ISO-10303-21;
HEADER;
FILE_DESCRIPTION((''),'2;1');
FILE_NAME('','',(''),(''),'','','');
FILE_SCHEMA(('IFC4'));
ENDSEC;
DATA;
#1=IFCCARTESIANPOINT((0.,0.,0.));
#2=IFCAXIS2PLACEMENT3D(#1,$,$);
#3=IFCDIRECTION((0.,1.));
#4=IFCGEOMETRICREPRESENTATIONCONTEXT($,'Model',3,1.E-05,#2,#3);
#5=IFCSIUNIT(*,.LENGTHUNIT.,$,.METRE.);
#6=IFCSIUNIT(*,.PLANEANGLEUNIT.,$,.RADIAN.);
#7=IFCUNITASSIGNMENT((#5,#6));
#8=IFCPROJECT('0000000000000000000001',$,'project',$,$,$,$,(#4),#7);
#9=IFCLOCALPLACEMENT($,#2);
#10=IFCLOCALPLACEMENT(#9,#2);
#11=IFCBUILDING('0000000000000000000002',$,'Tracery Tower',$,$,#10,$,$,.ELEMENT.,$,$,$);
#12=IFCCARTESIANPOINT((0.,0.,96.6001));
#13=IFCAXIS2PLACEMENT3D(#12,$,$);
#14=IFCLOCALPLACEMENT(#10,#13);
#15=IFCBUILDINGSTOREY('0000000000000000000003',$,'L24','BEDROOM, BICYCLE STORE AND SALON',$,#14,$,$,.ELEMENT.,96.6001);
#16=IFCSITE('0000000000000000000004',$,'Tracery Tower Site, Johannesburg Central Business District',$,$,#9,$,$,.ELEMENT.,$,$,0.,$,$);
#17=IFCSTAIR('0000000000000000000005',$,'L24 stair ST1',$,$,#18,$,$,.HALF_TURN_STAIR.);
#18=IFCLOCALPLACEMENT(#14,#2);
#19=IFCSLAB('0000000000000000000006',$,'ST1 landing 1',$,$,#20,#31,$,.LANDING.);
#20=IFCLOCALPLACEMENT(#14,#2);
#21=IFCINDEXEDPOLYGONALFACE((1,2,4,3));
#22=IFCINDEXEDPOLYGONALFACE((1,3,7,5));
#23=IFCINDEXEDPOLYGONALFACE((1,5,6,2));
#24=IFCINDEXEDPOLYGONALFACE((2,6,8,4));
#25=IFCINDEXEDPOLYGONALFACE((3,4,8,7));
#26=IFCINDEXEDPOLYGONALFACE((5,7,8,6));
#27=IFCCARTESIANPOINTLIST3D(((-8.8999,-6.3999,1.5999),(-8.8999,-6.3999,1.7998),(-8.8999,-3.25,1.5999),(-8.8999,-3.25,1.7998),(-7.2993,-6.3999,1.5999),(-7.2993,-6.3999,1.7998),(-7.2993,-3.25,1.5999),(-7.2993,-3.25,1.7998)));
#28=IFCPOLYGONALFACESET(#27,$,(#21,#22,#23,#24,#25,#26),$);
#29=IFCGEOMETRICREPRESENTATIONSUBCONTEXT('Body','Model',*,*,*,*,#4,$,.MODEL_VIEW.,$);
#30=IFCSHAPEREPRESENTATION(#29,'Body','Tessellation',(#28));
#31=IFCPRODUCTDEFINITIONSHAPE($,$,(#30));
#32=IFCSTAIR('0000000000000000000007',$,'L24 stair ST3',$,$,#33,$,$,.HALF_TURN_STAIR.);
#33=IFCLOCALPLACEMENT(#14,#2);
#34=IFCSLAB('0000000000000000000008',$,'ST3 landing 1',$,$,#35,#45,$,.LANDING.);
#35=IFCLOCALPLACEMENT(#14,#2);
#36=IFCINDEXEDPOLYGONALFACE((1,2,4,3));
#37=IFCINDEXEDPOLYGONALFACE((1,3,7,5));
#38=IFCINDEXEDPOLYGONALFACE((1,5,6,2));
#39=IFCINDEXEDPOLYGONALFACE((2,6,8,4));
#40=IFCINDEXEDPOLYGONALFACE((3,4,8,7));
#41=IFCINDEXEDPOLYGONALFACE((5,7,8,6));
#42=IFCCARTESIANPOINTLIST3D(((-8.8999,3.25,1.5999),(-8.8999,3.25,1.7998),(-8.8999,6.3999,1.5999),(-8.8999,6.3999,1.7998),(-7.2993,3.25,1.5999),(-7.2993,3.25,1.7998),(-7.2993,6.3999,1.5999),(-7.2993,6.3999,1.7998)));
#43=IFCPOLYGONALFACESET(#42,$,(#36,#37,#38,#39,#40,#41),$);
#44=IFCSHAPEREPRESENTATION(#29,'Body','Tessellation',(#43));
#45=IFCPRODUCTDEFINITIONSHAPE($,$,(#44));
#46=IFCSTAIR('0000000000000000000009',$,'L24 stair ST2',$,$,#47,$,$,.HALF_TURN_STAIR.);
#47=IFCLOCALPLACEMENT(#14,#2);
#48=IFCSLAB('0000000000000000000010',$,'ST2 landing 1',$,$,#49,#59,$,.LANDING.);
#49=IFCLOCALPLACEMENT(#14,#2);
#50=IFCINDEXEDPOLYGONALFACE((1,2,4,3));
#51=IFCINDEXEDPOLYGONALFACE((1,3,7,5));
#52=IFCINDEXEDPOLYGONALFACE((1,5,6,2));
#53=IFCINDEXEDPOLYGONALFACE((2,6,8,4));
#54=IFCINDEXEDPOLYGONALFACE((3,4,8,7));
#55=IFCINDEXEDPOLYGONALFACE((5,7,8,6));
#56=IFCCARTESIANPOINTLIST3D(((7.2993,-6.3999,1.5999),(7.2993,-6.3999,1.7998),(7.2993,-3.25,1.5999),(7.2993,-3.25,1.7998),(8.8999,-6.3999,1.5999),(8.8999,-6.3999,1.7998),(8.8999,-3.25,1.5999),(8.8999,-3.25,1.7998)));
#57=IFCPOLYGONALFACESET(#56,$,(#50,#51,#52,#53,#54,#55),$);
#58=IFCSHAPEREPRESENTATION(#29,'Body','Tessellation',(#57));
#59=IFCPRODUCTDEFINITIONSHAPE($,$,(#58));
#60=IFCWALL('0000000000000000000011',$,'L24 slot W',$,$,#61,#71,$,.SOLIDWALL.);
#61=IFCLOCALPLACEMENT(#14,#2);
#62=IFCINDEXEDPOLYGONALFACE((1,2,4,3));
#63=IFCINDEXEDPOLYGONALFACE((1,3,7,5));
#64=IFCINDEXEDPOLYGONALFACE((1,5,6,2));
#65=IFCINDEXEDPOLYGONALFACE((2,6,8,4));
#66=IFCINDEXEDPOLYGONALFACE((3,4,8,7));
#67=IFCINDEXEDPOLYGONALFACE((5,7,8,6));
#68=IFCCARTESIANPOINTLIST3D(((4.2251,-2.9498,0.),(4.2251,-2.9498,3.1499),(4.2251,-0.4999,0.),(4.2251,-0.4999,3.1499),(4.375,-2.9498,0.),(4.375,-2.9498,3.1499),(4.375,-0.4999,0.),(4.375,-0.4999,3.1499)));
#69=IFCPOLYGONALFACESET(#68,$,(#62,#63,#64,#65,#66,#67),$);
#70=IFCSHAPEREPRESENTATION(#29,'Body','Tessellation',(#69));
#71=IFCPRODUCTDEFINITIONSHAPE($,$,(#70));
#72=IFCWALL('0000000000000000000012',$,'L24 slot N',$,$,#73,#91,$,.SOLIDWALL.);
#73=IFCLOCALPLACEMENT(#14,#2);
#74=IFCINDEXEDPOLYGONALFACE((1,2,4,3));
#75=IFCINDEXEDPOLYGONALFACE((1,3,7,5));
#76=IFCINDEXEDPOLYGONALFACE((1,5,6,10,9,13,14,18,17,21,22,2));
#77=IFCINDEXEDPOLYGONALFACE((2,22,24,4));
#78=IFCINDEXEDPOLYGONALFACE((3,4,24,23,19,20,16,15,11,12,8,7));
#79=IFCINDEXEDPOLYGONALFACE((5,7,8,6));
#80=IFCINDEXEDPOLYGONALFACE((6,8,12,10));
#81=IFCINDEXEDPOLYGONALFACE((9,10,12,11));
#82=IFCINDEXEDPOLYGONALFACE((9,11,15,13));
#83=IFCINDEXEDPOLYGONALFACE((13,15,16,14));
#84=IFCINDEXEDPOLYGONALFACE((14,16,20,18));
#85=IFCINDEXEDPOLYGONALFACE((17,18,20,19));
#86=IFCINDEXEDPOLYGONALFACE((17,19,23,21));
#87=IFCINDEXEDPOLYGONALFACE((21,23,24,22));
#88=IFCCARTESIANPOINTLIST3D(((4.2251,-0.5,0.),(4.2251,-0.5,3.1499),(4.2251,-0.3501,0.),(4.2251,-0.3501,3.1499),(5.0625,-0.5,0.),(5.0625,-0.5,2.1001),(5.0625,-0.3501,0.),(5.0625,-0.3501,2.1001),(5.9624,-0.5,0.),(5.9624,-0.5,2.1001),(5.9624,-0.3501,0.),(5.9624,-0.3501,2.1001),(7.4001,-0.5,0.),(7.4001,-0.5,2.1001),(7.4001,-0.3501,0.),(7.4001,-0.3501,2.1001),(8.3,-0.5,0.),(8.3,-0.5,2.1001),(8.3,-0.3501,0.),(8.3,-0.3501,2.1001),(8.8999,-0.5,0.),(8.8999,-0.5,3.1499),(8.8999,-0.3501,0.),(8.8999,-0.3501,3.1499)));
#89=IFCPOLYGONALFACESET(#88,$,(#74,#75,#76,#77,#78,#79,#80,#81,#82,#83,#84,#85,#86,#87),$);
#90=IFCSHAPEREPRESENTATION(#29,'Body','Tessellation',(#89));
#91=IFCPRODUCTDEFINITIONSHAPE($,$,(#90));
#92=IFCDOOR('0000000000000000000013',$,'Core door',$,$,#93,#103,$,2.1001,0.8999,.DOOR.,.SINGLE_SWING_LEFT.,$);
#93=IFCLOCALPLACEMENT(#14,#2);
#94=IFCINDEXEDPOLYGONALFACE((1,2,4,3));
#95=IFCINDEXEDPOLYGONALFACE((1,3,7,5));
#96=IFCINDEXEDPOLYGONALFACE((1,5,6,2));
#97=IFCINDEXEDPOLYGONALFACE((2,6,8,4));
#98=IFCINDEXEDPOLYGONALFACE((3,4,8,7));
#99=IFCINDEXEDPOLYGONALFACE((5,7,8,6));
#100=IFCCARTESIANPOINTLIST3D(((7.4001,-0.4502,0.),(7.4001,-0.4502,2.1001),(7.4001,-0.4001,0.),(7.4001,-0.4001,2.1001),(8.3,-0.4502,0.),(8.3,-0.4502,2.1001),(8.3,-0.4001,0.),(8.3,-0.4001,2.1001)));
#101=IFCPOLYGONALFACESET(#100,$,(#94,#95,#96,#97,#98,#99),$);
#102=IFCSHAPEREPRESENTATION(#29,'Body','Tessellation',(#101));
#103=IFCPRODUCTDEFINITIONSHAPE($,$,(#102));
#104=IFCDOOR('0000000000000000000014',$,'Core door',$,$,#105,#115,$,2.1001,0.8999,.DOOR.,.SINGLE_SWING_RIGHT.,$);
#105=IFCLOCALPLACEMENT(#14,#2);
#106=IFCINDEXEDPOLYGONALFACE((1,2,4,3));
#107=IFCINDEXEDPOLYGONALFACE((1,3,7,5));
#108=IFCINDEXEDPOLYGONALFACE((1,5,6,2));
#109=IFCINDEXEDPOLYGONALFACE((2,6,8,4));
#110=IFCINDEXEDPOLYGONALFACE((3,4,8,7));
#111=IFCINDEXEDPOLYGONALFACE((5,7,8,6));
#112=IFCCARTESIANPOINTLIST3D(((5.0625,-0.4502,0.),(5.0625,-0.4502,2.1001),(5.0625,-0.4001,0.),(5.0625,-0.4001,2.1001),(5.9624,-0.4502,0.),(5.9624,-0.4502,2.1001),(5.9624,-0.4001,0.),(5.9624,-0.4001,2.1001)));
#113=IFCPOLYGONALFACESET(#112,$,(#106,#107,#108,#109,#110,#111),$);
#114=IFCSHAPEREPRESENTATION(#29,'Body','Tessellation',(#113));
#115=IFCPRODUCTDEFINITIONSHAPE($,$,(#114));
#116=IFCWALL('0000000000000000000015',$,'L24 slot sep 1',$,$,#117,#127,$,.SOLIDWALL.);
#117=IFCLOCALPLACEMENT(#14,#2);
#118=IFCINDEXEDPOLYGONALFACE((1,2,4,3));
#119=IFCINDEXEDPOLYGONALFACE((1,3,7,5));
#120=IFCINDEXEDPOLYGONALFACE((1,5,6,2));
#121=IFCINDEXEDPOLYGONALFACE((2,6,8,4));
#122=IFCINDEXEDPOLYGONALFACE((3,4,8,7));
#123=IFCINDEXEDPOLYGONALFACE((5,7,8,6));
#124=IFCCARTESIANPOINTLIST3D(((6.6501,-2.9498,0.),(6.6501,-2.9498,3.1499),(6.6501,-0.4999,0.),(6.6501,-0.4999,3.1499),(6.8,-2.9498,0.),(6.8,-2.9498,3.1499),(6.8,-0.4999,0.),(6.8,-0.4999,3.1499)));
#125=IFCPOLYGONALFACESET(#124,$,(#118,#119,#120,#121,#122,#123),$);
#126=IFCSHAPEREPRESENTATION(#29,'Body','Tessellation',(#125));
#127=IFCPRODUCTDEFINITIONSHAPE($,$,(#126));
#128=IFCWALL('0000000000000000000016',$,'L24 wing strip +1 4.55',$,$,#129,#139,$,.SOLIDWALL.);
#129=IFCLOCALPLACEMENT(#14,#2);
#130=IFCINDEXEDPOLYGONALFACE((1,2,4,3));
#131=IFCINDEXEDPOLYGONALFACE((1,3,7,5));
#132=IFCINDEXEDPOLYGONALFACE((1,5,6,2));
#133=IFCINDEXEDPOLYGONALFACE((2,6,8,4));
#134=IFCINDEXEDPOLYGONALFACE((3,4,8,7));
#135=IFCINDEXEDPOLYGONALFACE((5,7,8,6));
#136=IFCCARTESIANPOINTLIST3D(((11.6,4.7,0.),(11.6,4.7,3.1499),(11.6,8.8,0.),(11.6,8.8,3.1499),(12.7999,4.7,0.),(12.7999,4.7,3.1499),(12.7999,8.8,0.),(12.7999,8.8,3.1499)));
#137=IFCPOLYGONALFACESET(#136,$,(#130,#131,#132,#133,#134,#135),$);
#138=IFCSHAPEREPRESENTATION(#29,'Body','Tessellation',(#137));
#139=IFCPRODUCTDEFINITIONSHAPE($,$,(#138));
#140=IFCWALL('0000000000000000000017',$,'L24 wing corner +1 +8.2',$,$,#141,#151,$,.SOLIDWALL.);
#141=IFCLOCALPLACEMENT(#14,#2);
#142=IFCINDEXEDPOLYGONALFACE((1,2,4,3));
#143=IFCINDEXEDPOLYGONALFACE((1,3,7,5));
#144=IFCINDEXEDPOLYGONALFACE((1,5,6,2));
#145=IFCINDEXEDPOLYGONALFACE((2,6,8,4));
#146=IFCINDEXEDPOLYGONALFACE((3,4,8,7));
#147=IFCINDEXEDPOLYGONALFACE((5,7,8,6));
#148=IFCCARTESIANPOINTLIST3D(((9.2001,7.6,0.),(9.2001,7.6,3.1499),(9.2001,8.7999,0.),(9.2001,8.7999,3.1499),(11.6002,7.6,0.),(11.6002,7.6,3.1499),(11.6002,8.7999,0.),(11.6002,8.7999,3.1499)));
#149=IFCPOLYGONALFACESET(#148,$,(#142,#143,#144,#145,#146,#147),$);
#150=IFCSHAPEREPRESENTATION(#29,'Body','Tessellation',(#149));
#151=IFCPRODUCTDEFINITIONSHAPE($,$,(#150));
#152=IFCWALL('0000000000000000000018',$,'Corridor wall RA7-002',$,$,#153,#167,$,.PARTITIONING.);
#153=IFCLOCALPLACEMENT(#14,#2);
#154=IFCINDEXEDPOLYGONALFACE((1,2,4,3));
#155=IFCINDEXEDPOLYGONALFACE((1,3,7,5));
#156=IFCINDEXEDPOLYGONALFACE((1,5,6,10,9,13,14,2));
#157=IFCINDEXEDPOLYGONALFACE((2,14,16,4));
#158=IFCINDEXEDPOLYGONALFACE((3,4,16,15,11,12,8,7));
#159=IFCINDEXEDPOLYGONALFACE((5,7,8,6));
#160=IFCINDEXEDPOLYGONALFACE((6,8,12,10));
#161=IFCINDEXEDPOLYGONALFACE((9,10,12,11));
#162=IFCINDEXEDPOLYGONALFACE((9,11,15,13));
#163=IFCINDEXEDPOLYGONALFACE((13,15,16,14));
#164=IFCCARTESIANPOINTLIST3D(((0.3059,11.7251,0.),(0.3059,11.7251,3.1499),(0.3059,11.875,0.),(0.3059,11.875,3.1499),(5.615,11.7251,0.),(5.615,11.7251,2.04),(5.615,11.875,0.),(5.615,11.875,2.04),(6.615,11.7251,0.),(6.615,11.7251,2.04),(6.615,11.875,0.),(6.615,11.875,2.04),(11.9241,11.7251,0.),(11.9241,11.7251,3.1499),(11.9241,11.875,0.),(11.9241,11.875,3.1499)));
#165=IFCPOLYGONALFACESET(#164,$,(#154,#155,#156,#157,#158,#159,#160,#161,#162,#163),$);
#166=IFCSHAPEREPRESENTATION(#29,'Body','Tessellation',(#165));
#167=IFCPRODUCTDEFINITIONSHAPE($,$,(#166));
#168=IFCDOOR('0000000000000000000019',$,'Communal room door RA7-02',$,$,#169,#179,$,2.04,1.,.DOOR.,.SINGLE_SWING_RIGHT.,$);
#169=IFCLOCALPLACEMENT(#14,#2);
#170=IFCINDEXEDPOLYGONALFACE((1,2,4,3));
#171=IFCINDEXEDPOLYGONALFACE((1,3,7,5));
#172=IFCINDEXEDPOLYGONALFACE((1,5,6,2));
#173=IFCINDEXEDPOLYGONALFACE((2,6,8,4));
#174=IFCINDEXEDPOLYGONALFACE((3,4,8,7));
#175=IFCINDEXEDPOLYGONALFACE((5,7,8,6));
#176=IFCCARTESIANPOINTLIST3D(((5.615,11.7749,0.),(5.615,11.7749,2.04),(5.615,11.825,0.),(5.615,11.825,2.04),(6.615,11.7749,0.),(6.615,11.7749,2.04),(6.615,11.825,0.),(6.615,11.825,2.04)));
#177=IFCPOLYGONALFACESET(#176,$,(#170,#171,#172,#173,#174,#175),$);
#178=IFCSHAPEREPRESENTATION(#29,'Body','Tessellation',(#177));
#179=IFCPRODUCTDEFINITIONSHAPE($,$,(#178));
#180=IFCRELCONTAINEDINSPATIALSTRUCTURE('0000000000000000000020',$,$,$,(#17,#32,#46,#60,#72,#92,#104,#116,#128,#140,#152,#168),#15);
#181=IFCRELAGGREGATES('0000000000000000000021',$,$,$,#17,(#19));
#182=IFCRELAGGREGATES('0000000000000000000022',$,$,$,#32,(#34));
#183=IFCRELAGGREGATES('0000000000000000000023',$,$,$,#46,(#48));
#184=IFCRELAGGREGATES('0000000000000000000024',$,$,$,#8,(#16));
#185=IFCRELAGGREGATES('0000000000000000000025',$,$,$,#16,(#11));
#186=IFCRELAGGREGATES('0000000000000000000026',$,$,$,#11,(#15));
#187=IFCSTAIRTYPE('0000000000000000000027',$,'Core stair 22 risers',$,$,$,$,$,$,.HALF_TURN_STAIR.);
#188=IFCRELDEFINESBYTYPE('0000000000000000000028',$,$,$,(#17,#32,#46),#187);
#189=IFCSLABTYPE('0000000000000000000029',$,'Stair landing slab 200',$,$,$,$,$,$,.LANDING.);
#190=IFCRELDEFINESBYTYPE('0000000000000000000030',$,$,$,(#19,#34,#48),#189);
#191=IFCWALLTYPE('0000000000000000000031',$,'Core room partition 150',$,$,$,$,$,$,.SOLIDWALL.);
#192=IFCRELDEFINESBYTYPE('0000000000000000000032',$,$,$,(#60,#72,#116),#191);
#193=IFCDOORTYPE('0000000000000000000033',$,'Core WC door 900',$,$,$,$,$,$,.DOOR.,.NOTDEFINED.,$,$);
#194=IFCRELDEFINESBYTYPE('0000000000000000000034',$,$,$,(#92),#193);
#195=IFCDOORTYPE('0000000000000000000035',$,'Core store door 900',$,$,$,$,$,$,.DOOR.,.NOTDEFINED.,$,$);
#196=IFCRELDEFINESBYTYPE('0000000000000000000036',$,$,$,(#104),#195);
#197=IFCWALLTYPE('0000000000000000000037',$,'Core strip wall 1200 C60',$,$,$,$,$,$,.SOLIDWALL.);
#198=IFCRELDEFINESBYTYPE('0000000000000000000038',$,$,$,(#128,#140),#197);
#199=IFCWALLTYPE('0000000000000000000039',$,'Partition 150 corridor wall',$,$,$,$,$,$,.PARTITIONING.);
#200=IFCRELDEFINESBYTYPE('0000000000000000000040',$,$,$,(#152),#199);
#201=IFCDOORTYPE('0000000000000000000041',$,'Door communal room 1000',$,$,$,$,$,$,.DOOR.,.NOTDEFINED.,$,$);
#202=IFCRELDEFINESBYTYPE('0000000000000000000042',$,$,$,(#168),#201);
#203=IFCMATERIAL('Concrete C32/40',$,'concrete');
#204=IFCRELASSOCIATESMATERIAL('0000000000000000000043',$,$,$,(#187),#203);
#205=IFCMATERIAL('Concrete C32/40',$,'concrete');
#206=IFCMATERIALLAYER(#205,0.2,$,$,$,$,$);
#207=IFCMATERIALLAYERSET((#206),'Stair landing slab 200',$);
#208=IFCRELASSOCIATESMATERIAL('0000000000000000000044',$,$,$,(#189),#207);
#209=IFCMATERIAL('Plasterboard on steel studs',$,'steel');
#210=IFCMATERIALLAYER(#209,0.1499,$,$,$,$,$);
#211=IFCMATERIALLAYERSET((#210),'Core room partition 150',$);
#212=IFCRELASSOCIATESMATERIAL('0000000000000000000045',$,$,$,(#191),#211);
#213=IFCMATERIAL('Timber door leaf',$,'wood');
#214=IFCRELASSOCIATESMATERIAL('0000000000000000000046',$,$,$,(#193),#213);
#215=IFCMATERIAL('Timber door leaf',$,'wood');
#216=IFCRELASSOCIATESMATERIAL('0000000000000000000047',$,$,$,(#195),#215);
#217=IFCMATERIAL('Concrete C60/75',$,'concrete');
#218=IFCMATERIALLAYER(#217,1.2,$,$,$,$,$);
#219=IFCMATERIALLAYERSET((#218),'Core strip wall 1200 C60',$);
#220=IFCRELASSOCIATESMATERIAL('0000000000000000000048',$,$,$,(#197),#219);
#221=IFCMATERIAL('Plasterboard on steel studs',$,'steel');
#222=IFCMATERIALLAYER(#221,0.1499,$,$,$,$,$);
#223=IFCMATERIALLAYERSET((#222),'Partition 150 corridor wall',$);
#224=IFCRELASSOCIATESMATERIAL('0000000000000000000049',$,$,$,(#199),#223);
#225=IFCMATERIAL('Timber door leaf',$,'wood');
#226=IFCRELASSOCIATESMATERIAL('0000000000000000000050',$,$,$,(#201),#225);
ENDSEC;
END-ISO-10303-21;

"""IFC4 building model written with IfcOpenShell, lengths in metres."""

from ifc_helpers import new_model, si_unit, direction, frame, frame_2d, origin, place, context, subcontext, project, spatial, polyline, rectangle, outline, extrude, material, layer, layer_set, type_object, element, fill, aggregate, save


model = new_model("IFC4")

# Units and contexts
model_context = context("Model", 3, precision=1e-05, world=origin(), true_north=direction((0.0, 1.0)))
body_context = subcontext(model_context, "Body", "Model", "MODEL_VIEW")
ifc_project = project(units=[si_unit("LENGTHUNIT", "METRE"), si_unit("PLANEANGLEUNIT", "RADIAN")], contexts=[model_context])

# Site, building, storey
site_placement = place(None, origin())
site = spatial("IfcSite", under=ifc_project, at=site_placement, Name="Tracery Tower Site, Johannesburg Central Business District", CompositionType="ELEMENT", RefElevation=0.0)
building_placement = place(site_placement, origin())
building = spatial("IfcBuilding", under=site, at=building_placement, Name="Tracery Tower", CompositionType="ELEMENT")
storey_placement = place(building_placement, frame((0.0, 0.0, 96.6001)))
storey = spatial("IfcBuildingStorey", under=building, at=storey_placement, Name="L24", Description="BEDROOM, BICYCLE STORE AND SALON", CompositionType="ELEMENT", Elevation=96.6001)

# Stairs, slabs
ifc_material_1 = material(Name="Concrete C32/40", Category="concrete")
stair_type = type_object("IfcStairType", Name="Core stair 22 risers", PredefinedType="HALF_TURN_STAIR", material=ifc_material_1)
stair_1_placement = place(storey_placement, origin())
stair_1 = element("IfcStair", 1, at=stair_1_placement, inside=storey, type_object=stair_type, Name="L24 stair ST1", PredefinedType="HALF_TURN_STAIR")
ifc_material_2 = material(Name="Concrete C32/40", Category="concrete")
ifc_layer_1 = layer(ifc_material_2, 0.2)
ifc_layer_set_1 = layer_set([ifc_layer_1], Name="Stair landing slab 200")
slab_type_1 = type_object("IfcSlabType", Name="Stair landing slab 200", PredefinedType="LANDING", material=ifc_layer_set_1)
slab_1_placement = place(storey_placement, frame((0.0, 0.0, 1.5999)))
slab_1 = element("IfcSlab", 2, at=slab_1_placement, type_object=slab_type_1, Name="ST1 landing 1", PredefinedType="LANDING", context=body_context, shape_type="SweptSolid", body=[
    extrude(outline(polyline([(-7.2993, -3.25), (-8.8999, -3.25), (-8.8999, -6.3999), (-7.2993, -6.3999), (-7.2993, -3.25)])), origin(), (0.0, 0.0, 1.0), 0.2),
])
aggregate(stair_1, [slab_1])
stair_2_placement = place(storey_placement, origin())
stair_2 = element("IfcStair", 3, at=stair_2_placement, inside=storey, type_object=stair_type, Name="L24 stair ST3", PredefinedType="HALF_TURN_STAIR")
slab_2_placement = place(storey_placement, frame((0.0, 0.0, 1.5999)))
slab_2 = element("IfcSlab", 4, at=slab_2_placement, type_object=slab_type_1, Name="ST3 landing 1", PredefinedType="LANDING", context=body_context, shape_type="SweptSolid", body=[
    extrude(outline(polyline([(-7.2993, 6.3999), (-8.8999, 6.3999), (-8.8999, 3.25), (-7.2993, 3.25), (-7.2993, 6.3999)])), origin(), (0.0, 0.0, 1.0), 0.2),
])
aggregate(stair_2, [slab_2])
stair_3_placement = place(storey_placement, origin())
stair_3 = element("IfcStair", 5, at=stair_3_placement, inside=storey, type_object=stair_type, Name="L24 stair ST2", PredefinedType="HALF_TURN_STAIR")
slab_3_placement = place(storey_placement, frame((0.0, 0.0, 1.5999)))
slab_3 = element("IfcSlab", 6, at=slab_3_placement, type_object=slab_type_1, Name="ST2 landing 1", PredefinedType="LANDING", context=body_context, shape_type="SweptSolid", body=[
    extrude(outline(polyline([(7.2993, -6.3999), (8.8999, -6.3999), (8.8999, -3.25), (7.2993, -3.25), (7.2993, -6.3999)])), origin(), (0.0, 0.0, 1.0), 0.2),
])
aggregate(stair_3, [slab_3])

# Wall
ifc_material_3 = material(Name="Plasterboard on steel studs", Category="steel")
ifc_layer_2 = layer(ifc_material_3, 0.1499)
ifc_layer_set_2 = layer_set([ifc_layer_2], Name="Core room partition 150")
wall_type_1 = type_object("IfcWallType", Name="Core room partition 150", PredefinedType="SOLIDWALL", material=ifc_layer_set_2)
wall_1_placement = place(storey_placement, frame((4.3, -2.95, 0.0), z_axis=(0.0, 0.0, 1.0), x_axis=(0.0, 1.0, 0.0)))
element("IfcWall", 7, at=wall_1_placement, inside=storey, type_object=wall_type_1, Name="L24 slot W", PredefinedType="SOLIDWALL", context=body_context, shape_type="SweptSolid", body=[
    extrude(rectangle(XDim=2.45, YDim=0.1499, at=frame_2d((1.2251, 0.0))), origin(), (0.0, 0.0, 1.0), 3.1499),
])

# Wall, openings, doors
wall_2_placement = place(storey_placement, frame((4.2251, -0.425, 0.0), z_axis=(0.0, 0.0, 1.0), x_axis=(1.0, 0.0, 0.0)))
wall_2 = element("IfcWall", 8, at=wall_2_placement, inside=storey, type_object=wall_type_1, Name="L24 slot N", PredefinedType="SOLIDWALL", context=body_context, shape_type="SweptSolid", body=[
    extrude(rectangle(XDim=4.6748, YDim=0.1499, at=frame_2d((2.3374, 0.0))), origin(), (0.0, 0.0, 1.0), 3.1499),
])
opening_1_placement = place(wall_2_placement, frame((0.8374, 0.0, 0.0)))
opening_1 = element("IfcOpeningElement", 9, at=opening_1_placement, cuts=wall_2, PredefinedType="OPENING", context=body_context, shape_type="SweptSolid", body=[
    extrude(rectangle(XDim=0.8999, YDim=2.1001, at=frame_2d((0.45, 1.05))), frame((0.0, 0.075, 0.0), z_axis=(0.0, -1.0, 0.0), x_axis=(1.0, 0.0, 0.0)), (0.0, 0.0, 1.0), 0.1499),
])
opening_2_placement = place(wall_2_placement, frame((3.175, 0.0, 0.0)))
opening_2 = element("IfcOpeningElement", 10, at=opening_2_placement, cuts=wall_2, PredefinedType="OPENING", context=body_context, shape_type="SweptSolid", body=[
    extrude(rectangle(XDim=0.8999, YDim=2.1001, at=frame_2d((0.45, 1.05))), frame((0.0, 0.075, 0.0), z_axis=(0.0, -1.0, 0.0), x_axis=(1.0, 0.0, 0.0)), (0.0, 0.0, 1.0), 0.1499),
])
ifc_material_4 = material(Name="Timber door leaf", Category="wood")
door_type_1 = type_object("IfcDoorType", Name="Core WC door 900", OperationType="NOTDEFINED", PredefinedType="DOOR", material=ifc_material_4)
door_1_placement = place(opening_2_placement, origin())
door_1 = element("IfcDoor", 11, at=door_1_placement, inside=storey, type_object=door_type_1, Name="Core door", OperationType="SINGLE_SWING_LEFT", OverallHeight=2.1001, OverallWidth=0.8999, PredefinedType="DOOR", context=body_context, shape_type="SweptSolid", body=[
    extrude(rectangle(XDim=0.8999, YDim=2.1001, at=frame_2d((0.45, 1.05))), frame((0.0, 0.0249, 0.0), z_axis=(0.0, -1.0, 0.0), x_axis=(1.0, 0.0, 0.0)), (0.0, 0.0, 1.0), 0.05),
])
fill(opening_2, door_1)
ifc_material_5 = material(Name="Timber door leaf", Category="wood")
door_type_2 = type_object("IfcDoorType", Name="Core store door 900", OperationType="NOTDEFINED", PredefinedType="DOOR", material=ifc_material_5)
door_2_placement = place(opening_1_placement, origin())
door_2 = element("IfcDoor", 12, at=door_2_placement, inside=storey, type_object=door_type_2, Name="Core door", OperationType="SINGLE_SWING_RIGHT", OverallHeight=2.1001, OverallWidth=0.8999, PredefinedType="DOOR", context=body_context, shape_type="SweptSolid", body=[
    extrude(rectangle(XDim=0.8999, YDim=2.1001, at=frame_2d((0.45, 1.05))), frame((0.0, 0.0249, 0.0), z_axis=(0.0, -1.0, 0.0), x_axis=(1.0, 0.0, 0.0)), (0.0, 0.0, 1.0), 0.05),
])
fill(opening_1, door_2)

# Walls
wall_3_placement = place(storey_placement, frame((6.7251, -2.95, 0.0), z_axis=(0.0, 0.0, 1.0), x_axis=(0.0, 1.0, 0.0)))
element("IfcWall", 13, at=wall_3_placement, inside=storey, type_object=wall_type_1, Name="L24 slot sep 1", PredefinedType="SOLIDWALL", context=body_context, shape_type="SweptSolid", body=[
    extrude(rectangle(XDim=2.45, YDim=0.1499, at=frame_2d((1.2251, 0.0))), origin(), (0.0, 0.0, 1.0), 3.1499),
])
ifc_material_6 = material(Name="Concrete C60/75", Category="concrete")
ifc_layer_3 = layer(ifc_material_6, 1.2)
ifc_layer_set_3 = layer_set([ifc_layer_3], Name="Core strip wall 1200 C60")
wall_type_2 = type_object("IfcWallType", Name="Core strip wall 1200 C60", PredefinedType="SOLIDWALL", material=ifc_layer_set_3)
wall_4_placement = place(storey_placement, frame((12.2, 4.7, 0.0), z_axis=(0.0, 0.0, 1.0), x_axis=(0.0, 1.0, 0.0)))
element("IfcWall", 14, at=wall_4_placement, inside=storey, type_object=wall_type_2, Name="L24 wing strip +1 4.55", PredefinedType="SOLIDWALL", context=body_context, shape_type="SweptSolid", body=[
    extrude(rectangle(XDim=4.1001, YDim=1.2, at=frame_2d((2.05, 0.0))), origin(), (0.0, 0.0, 1.0), 3.1499),
])
wall_5_placement = place(storey_placement, frame((9.2, 8.2, 0.0), z_axis=(0.0, 0.0, 1.0), x_axis=(1.0, 0.0, 0.0)))
element("IfcWall", 15, at=wall_5_placement, inside=storey, type_object=wall_type_2, Name="L24 wing corner +1 +8.2", PredefinedType="SOLIDWALL", context=body_context, shape_type="SweptSolid", body=[
    extrude(rectangle(XDim=2.4001, YDim=1.2, at=frame_2d((1.2002, 0.0))), origin(), (0.0, 0.0, 1.0), 3.1499),
])

# Wall, opening, door
ifc_material_7 = material(Name="Plasterboard on steel studs", Category="steel")
ifc_layer_4 = layer(ifc_material_7, 0.1499)
ifc_layer_set_4 = layer_set([ifc_layer_4], Name="Partition 150 corridor wall")
wall_type_3 = type_object("IfcWallType", Name="Partition 150 corridor wall", PredefinedType="PARTITIONING", material=ifc_layer_set_4)
wall_6_placement = place(storey_placement, frame((0.3059, 11.8, 0.0), z_axis=(0.0, 0.0, 1.0), x_axis=(1.0, 0.0, 0.0)))
wall_6 = element("IfcWall", 16, at=wall_6_placement, inside=storey, type_object=wall_type_3, Name="Corridor wall RA7-002", PredefinedType="PARTITIONING", context=body_context, shape_type="SweptSolid", body=[
    extrude(rectangle(XDim=11.6182, YDim=0.1499, at=frame_2d((5.8091, 0.0))), origin(), (0.0, 0.0, 1.0), 3.1499),
])
opening_3_placement = place(wall_6_placement, frame((5.3091, 0.0, 0.0)))
opening_3 = element("IfcOpeningElement", 17, at=opening_3_placement, cuts=wall_6, PredefinedType="OPENING", context=body_context, shape_type="SweptSolid", body=[
    extrude(rectangle(XDim=1.0, YDim=2.04, at=frame_2d((0.5, 1.02))), frame((0.0, 0.075, 0.0), z_axis=(0.0, -1.0, 0.0), x_axis=(1.0, 0.0, 0.0)), (0.0, 0.0, 1.0), 0.1499),
])
ifc_material_8 = material(Name="Timber door leaf", Category="wood")
door_type_3 = type_object("IfcDoorType", Name="Door communal room 1000", OperationType="NOTDEFINED", PredefinedType="DOOR", material=ifc_material_8)
door_3_placement = place(opening_3_placement, origin())
door_3 = element("IfcDoor", 18, at=door_3_placement, inside=storey, type_object=door_type_3, Name="Communal room door RA7-02", OperationType="SINGLE_SWING_RIGHT", OverallHeight=2.04, OverallWidth=1.0, PredefinedType="DOOR", context=body_context, shape_type="SweptSolid", body=[
    extrude(rectangle(XDim=1.0, YDim=2.04, at=frame_2d((0.5, 1.02))), frame((0.0, 0.0249, 0.0), z_axis=(0.0, -1.0, 0.0), x_axis=(1.0, 0.0, 0.0)), (0.0, 0.0, 1.0), 0.05),
])
fill(opening_3, door_3)

save(model, "model.ifc")
